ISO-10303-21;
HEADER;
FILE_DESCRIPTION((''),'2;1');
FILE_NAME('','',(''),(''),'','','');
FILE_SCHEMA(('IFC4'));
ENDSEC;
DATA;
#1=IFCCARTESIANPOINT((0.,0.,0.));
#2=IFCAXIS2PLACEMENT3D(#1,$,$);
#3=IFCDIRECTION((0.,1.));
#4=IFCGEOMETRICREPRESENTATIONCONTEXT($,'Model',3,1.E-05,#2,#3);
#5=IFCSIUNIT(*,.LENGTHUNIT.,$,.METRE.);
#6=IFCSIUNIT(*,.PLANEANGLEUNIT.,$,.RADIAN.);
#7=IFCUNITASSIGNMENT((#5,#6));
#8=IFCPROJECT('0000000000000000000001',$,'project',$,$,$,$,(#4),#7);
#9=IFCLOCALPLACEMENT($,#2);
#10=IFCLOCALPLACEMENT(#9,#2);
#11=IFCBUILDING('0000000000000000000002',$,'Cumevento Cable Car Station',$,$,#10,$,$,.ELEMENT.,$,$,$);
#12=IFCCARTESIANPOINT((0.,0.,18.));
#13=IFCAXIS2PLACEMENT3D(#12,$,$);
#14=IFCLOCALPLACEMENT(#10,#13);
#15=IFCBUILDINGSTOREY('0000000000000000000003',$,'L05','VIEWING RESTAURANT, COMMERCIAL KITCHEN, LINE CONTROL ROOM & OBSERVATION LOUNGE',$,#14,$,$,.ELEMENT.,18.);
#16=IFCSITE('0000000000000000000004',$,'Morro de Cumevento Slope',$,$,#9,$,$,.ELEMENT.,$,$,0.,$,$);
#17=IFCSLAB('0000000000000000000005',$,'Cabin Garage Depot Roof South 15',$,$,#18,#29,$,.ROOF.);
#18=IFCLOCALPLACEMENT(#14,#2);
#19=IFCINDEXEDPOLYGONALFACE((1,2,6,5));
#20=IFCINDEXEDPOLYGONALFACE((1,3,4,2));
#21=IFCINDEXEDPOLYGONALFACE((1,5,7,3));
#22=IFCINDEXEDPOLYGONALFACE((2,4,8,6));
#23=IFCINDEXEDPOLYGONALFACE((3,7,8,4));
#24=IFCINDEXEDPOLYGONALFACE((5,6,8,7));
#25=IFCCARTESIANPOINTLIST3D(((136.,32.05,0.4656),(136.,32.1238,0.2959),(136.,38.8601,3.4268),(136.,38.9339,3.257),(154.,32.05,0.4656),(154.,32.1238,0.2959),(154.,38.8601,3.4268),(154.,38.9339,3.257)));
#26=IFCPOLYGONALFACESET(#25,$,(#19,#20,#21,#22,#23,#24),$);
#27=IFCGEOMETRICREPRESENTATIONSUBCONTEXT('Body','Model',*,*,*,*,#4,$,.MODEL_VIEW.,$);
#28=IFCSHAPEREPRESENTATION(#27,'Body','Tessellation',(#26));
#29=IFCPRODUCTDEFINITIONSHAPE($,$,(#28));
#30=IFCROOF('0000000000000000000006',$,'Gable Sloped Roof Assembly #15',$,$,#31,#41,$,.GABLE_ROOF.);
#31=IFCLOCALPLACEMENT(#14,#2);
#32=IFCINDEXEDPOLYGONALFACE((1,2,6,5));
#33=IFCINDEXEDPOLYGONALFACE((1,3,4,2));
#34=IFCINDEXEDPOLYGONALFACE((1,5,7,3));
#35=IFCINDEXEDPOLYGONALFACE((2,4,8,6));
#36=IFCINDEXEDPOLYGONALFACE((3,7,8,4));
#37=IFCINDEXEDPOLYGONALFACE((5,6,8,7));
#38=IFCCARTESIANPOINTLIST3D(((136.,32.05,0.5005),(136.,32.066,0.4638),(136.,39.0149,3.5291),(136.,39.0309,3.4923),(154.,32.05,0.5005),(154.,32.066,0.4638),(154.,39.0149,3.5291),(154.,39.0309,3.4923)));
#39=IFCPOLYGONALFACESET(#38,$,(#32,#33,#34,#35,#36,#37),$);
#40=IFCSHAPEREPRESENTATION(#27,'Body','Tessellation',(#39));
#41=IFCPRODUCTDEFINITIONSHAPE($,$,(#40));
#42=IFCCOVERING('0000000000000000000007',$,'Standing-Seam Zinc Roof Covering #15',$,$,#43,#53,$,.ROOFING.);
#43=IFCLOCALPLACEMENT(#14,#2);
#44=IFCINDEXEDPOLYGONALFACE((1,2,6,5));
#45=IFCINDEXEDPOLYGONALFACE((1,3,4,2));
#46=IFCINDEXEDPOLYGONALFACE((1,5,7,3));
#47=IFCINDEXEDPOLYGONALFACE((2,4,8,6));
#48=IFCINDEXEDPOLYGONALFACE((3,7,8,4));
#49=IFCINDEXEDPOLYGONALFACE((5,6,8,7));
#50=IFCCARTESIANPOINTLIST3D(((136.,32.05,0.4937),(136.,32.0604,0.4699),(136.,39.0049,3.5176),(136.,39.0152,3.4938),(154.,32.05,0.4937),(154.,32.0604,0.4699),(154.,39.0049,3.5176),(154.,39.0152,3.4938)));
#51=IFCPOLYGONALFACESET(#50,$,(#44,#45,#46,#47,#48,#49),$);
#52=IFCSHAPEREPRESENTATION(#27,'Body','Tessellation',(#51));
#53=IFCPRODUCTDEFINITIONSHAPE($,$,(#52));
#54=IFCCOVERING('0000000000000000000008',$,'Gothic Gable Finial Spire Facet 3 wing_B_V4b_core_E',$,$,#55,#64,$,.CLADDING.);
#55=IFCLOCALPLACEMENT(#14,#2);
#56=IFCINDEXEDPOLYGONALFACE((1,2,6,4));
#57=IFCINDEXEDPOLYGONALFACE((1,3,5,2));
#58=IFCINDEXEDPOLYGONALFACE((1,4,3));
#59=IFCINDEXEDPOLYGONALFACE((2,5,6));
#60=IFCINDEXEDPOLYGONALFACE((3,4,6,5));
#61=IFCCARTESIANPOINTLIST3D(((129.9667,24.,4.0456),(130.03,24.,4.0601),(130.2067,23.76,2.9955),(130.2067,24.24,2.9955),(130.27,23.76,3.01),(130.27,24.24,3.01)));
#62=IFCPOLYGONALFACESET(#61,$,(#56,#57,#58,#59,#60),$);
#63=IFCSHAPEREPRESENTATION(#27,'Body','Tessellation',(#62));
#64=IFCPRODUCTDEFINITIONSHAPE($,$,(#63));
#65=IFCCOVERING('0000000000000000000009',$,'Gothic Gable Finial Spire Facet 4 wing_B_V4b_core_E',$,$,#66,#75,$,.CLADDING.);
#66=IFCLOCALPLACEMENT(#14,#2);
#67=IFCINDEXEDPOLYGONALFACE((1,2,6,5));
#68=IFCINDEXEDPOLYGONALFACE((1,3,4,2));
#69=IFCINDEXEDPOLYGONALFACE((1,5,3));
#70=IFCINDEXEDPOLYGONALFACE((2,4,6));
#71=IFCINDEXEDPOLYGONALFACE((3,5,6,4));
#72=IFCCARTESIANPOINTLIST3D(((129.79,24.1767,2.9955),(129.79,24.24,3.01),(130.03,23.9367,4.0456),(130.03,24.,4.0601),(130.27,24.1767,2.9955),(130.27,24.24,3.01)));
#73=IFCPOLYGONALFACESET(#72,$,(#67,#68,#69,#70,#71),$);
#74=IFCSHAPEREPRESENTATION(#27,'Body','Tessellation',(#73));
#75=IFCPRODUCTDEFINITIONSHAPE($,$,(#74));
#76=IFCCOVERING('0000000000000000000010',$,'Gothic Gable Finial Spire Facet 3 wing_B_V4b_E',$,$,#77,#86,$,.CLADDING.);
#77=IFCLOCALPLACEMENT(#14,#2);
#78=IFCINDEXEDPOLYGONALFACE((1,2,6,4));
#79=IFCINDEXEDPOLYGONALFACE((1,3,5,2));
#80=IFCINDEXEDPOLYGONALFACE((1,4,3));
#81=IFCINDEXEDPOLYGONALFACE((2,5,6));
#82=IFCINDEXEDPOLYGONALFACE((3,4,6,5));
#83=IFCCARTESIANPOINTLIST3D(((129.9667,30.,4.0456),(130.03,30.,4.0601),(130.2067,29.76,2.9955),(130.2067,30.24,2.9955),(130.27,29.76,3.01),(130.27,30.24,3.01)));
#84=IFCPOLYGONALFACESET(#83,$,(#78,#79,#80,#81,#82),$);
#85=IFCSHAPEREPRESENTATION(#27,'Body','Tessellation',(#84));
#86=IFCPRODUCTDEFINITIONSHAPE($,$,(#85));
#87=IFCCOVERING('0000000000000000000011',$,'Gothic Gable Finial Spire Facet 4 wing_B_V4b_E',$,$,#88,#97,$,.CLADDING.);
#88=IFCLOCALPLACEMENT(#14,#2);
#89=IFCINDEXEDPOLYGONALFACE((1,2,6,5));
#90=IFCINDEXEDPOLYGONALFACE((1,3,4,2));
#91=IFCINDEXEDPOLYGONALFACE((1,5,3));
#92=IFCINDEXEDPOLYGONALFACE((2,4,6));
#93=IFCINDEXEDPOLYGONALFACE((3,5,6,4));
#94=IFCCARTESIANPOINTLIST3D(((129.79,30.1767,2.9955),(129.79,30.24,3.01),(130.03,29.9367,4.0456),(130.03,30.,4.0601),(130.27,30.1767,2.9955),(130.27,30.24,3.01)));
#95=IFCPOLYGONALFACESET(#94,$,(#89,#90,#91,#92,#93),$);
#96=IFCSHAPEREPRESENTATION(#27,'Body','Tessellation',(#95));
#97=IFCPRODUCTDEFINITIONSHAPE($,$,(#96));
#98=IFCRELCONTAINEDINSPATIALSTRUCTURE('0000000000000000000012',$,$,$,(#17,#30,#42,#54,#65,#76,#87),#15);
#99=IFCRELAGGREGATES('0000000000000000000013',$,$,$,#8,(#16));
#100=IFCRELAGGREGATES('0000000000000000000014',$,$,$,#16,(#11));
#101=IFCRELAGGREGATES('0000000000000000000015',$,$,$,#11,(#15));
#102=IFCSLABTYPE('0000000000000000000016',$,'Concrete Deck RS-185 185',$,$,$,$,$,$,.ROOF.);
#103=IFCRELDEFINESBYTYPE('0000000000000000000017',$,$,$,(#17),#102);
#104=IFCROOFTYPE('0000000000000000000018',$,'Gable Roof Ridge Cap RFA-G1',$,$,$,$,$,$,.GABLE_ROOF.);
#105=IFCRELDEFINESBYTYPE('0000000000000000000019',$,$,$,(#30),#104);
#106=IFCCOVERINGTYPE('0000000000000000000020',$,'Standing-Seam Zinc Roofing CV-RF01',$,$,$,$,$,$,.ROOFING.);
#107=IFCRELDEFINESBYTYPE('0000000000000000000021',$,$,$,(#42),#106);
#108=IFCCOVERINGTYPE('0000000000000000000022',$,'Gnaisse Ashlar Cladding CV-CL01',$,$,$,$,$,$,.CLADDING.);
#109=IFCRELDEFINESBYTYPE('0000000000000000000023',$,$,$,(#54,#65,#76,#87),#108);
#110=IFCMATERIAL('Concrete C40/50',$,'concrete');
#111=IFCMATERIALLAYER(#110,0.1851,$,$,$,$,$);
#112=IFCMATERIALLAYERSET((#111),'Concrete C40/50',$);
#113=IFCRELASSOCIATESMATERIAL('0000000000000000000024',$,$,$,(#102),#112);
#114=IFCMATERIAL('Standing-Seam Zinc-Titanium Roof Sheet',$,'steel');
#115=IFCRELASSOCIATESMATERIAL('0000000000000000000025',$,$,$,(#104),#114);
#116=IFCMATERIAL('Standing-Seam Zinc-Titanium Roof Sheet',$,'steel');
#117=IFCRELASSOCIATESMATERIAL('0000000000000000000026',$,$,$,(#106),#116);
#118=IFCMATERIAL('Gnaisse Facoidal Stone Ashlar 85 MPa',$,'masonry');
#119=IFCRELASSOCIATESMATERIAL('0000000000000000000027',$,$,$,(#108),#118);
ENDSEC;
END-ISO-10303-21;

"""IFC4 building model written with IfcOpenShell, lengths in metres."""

from ifc_helpers import new_model, si_unit, direction, frame, origin, place, context, subcontext, project, spatial, polyline, outline, extrude, material, layer, layer_set, type_object, element, save


model = new_model("IFC4")

# Units and contexts
model_context = context("Model", 3, precision=1e-05, world=origin(), true_north=direction((0.0, 1.0)))
body_context = subcontext(model_context, "Body", "Model", "MODEL_VIEW")
ifc_project = project(units=[si_unit("LENGTHUNIT", "METRE"), si_unit("PLANEANGLEUNIT", "RADIAN")], contexts=[model_context])

# Site, building, storey
site_placement = place(None, origin())
site = spatial("IfcSite", under=ifc_project, at=site_placement, Name="Morro de Cumevento Slope", CompositionType="ELEMENT", RefElevation=0.0)
building_placement = place(site_placement, origin())
building = spatial("IfcBuilding", under=site, at=building_placement, Name="Cumevento Cable Car Station", CompositionType="ELEMENT")
storey_placement = place(building_placement, frame((0.0, 0.0, 18.0)))
storey = spatial("IfcBuildingStorey", under=building, at=storey_placement, Name="L05", Description="VIEWING RESTAURANT, COMMERCIAL KITCHEN, LINE CONTROL ROOM & OBSERVATION LOUNGE", CompositionType="ELEMENT", Elevation=18.0)

# Slab
ifc_material_1 = material(Name="Concrete C40/50", Category="concrete")
ifc_layer = layer(ifc_material_1, 0.1851)
ifc_layer_set = layer_set([ifc_layer], Name="Concrete C40/50")
slab_type = type_object("IfcSlabType", Name="Concrete Deck RS-185 185", PredefinedType="ROOF", material=ifc_layer_set)
slab_placement = place(storey_placement, frame((136.0, 32.05, 0.4656), z_axis=(0.0, -0.398759, 0.917056), x_axis=(1.0, 0.0, 0.0)))
element("IfcSlab", 1, at=slab_placement, inside=storey, type_object=slab_type, Name="Cabin Garage Depot Roof South 15", PredefinedType="ROOF", context=body_context, shape_type="SweptSolid", body=[
    extrude(outline(polyline([(0.0, 0.0), (18.0, 0.0), (18.0, 7.426), (0.0, 7.426), (0.0, 0.0)])), origin(), (0.0, 0.0, -1.0), 0.1851),
])

# Roof
ifc_material_2 = material(Name="Standing-Seam Zinc-Titanium Roof Sheet", Category="steel")
roof_type = type_object("IfcRoofType", Name="Gable Roof Ridge Cap RFA-G1", PredefinedType="GABLE_ROOF", material=ifc_material_2)
roof_placement = place(storey_placement, frame((136.0, 32.05, 0.5005), z_axis=(0.0, -0.398767, 0.917052), x_axis=(1.0, 0.0, 0.0)))
element("IfcRoof", 2, at=roof_placement, inside=storey, type_object=roof_type, Name="Gable Sloped Roof Assembly #15", PredefinedType="GABLE_ROOF", context=body_context, shape_type="SweptSolid", body=[
    extrude(outline(polyline([(0.0, 0.0), (18.0, 0.0), (18.0, 7.5948), (0.0, 7.5948), (0.0, 0.0)])), origin(), (0.0, 0.0, -1.0), 0.04),
])

# Coverings
ifc_material_3 = material(Name="Standing-Seam Zinc-Titanium Roof Sheet", Category="steel")
covering_type_1 = type_object("IfcCoveringType", Name="Standing-Seam Zinc Roofing CV-RF01", PredefinedType="ROOFING", material=ifc_material_3)
covering_1_placement = place(storey_placement, frame((136.0, 32.05, 0.4937), z_axis=(0.0, -0.398736, 0.917066), x_axis=(1.0, 0.0, 0.0)))
element("IfcCovering", 3, at=covering_1_placement, inside=storey, type_object=covering_type_1, Name="Standing-Seam Zinc Roof Covering #15", PredefinedType="ROOFING", context=body_context, shape_type="SweptSolid", body=[
    extrude(outline(polyline([(0.0, 0.0), (18.0, 0.0), (18.0, 7.5838), (0.0, 7.5838), (0.0, 0.0)])), origin(), (0.0, 0.0, -1.0), 0.0259),
])
ifc_material_4 = material(Name="Gnaisse Facoidal Stone Ashlar 85 MPa", Category="masonry")
covering_type_2 = type_object("IfcCoveringType", Name="Gnaisse Ashlar Cladding CV-CL01", PredefinedType="CLADDING", material=ifc_material_4)
for number, where, z_axis, x_axis, name in (
    (4, (130.27, 23.76, 3.01), (0.974863, 0.0, 0.222806), (0.0, 1.0, 0.0), "Gothic Gable Finial Spire Facet 3 wing_B_V4b_core_E"),
    (5, (130.27, 24.24, 3.01), (0.0, 0.974863, 0.222806), (-1.0, 0.0, 0.0), "Gothic Gable Finial Spire Facet 4 wing_B_V4b_core_E"),
):
    element("IfcCovering", number, at=place(storey_placement, frame(where, z_axis=z_axis, x_axis=x_axis)), inside=storey, type_object=covering_type_2, Name=name, PredefinedType="CLADDING", context=body_context, shape_type="SweptSolid", body=[
        extrude(outline(polyline([(0.0, 0.0), (0.48, 0.0), (0.24, 1.0771), (0.0, 0.0)])), origin(), (0.0, 0.0, -1.0), 0.0649),
    ])
for number, where, z_axis, x_axis, name in (
    (6, (130.27, 29.76, 3.01), (0.974863, 0.0, 0.222806), (0.0, 1.0, 0.0), "Gothic Gable Finial Spire Facet 3 wing_B_V4b_E"),
    (7, (130.27, 30.24, 3.01), (0.0, 0.974863, 0.222806), (-1.0, 0.0, 0.0), "Gothic Gable Finial Spire Facet 4 wing_B_V4b_E"),
):
    element("IfcCovering", number, at=place(storey_placement, frame(where, z_axis=z_axis, x_axis=x_axis)), inside=storey, type_object=covering_type_2, Name=name, PredefinedType="CLADDING", context=body_context, shape_type="SweptSolid", body=[
        extrude(outline(polyline([(0.0, 0.0), (0.48, 0.0), (0.24, 1.0771), (0.0, 0.0)])), origin(), (0.0, 0.0, -1.0), 0.0649),
    ])

save(model, "model.ifc")
